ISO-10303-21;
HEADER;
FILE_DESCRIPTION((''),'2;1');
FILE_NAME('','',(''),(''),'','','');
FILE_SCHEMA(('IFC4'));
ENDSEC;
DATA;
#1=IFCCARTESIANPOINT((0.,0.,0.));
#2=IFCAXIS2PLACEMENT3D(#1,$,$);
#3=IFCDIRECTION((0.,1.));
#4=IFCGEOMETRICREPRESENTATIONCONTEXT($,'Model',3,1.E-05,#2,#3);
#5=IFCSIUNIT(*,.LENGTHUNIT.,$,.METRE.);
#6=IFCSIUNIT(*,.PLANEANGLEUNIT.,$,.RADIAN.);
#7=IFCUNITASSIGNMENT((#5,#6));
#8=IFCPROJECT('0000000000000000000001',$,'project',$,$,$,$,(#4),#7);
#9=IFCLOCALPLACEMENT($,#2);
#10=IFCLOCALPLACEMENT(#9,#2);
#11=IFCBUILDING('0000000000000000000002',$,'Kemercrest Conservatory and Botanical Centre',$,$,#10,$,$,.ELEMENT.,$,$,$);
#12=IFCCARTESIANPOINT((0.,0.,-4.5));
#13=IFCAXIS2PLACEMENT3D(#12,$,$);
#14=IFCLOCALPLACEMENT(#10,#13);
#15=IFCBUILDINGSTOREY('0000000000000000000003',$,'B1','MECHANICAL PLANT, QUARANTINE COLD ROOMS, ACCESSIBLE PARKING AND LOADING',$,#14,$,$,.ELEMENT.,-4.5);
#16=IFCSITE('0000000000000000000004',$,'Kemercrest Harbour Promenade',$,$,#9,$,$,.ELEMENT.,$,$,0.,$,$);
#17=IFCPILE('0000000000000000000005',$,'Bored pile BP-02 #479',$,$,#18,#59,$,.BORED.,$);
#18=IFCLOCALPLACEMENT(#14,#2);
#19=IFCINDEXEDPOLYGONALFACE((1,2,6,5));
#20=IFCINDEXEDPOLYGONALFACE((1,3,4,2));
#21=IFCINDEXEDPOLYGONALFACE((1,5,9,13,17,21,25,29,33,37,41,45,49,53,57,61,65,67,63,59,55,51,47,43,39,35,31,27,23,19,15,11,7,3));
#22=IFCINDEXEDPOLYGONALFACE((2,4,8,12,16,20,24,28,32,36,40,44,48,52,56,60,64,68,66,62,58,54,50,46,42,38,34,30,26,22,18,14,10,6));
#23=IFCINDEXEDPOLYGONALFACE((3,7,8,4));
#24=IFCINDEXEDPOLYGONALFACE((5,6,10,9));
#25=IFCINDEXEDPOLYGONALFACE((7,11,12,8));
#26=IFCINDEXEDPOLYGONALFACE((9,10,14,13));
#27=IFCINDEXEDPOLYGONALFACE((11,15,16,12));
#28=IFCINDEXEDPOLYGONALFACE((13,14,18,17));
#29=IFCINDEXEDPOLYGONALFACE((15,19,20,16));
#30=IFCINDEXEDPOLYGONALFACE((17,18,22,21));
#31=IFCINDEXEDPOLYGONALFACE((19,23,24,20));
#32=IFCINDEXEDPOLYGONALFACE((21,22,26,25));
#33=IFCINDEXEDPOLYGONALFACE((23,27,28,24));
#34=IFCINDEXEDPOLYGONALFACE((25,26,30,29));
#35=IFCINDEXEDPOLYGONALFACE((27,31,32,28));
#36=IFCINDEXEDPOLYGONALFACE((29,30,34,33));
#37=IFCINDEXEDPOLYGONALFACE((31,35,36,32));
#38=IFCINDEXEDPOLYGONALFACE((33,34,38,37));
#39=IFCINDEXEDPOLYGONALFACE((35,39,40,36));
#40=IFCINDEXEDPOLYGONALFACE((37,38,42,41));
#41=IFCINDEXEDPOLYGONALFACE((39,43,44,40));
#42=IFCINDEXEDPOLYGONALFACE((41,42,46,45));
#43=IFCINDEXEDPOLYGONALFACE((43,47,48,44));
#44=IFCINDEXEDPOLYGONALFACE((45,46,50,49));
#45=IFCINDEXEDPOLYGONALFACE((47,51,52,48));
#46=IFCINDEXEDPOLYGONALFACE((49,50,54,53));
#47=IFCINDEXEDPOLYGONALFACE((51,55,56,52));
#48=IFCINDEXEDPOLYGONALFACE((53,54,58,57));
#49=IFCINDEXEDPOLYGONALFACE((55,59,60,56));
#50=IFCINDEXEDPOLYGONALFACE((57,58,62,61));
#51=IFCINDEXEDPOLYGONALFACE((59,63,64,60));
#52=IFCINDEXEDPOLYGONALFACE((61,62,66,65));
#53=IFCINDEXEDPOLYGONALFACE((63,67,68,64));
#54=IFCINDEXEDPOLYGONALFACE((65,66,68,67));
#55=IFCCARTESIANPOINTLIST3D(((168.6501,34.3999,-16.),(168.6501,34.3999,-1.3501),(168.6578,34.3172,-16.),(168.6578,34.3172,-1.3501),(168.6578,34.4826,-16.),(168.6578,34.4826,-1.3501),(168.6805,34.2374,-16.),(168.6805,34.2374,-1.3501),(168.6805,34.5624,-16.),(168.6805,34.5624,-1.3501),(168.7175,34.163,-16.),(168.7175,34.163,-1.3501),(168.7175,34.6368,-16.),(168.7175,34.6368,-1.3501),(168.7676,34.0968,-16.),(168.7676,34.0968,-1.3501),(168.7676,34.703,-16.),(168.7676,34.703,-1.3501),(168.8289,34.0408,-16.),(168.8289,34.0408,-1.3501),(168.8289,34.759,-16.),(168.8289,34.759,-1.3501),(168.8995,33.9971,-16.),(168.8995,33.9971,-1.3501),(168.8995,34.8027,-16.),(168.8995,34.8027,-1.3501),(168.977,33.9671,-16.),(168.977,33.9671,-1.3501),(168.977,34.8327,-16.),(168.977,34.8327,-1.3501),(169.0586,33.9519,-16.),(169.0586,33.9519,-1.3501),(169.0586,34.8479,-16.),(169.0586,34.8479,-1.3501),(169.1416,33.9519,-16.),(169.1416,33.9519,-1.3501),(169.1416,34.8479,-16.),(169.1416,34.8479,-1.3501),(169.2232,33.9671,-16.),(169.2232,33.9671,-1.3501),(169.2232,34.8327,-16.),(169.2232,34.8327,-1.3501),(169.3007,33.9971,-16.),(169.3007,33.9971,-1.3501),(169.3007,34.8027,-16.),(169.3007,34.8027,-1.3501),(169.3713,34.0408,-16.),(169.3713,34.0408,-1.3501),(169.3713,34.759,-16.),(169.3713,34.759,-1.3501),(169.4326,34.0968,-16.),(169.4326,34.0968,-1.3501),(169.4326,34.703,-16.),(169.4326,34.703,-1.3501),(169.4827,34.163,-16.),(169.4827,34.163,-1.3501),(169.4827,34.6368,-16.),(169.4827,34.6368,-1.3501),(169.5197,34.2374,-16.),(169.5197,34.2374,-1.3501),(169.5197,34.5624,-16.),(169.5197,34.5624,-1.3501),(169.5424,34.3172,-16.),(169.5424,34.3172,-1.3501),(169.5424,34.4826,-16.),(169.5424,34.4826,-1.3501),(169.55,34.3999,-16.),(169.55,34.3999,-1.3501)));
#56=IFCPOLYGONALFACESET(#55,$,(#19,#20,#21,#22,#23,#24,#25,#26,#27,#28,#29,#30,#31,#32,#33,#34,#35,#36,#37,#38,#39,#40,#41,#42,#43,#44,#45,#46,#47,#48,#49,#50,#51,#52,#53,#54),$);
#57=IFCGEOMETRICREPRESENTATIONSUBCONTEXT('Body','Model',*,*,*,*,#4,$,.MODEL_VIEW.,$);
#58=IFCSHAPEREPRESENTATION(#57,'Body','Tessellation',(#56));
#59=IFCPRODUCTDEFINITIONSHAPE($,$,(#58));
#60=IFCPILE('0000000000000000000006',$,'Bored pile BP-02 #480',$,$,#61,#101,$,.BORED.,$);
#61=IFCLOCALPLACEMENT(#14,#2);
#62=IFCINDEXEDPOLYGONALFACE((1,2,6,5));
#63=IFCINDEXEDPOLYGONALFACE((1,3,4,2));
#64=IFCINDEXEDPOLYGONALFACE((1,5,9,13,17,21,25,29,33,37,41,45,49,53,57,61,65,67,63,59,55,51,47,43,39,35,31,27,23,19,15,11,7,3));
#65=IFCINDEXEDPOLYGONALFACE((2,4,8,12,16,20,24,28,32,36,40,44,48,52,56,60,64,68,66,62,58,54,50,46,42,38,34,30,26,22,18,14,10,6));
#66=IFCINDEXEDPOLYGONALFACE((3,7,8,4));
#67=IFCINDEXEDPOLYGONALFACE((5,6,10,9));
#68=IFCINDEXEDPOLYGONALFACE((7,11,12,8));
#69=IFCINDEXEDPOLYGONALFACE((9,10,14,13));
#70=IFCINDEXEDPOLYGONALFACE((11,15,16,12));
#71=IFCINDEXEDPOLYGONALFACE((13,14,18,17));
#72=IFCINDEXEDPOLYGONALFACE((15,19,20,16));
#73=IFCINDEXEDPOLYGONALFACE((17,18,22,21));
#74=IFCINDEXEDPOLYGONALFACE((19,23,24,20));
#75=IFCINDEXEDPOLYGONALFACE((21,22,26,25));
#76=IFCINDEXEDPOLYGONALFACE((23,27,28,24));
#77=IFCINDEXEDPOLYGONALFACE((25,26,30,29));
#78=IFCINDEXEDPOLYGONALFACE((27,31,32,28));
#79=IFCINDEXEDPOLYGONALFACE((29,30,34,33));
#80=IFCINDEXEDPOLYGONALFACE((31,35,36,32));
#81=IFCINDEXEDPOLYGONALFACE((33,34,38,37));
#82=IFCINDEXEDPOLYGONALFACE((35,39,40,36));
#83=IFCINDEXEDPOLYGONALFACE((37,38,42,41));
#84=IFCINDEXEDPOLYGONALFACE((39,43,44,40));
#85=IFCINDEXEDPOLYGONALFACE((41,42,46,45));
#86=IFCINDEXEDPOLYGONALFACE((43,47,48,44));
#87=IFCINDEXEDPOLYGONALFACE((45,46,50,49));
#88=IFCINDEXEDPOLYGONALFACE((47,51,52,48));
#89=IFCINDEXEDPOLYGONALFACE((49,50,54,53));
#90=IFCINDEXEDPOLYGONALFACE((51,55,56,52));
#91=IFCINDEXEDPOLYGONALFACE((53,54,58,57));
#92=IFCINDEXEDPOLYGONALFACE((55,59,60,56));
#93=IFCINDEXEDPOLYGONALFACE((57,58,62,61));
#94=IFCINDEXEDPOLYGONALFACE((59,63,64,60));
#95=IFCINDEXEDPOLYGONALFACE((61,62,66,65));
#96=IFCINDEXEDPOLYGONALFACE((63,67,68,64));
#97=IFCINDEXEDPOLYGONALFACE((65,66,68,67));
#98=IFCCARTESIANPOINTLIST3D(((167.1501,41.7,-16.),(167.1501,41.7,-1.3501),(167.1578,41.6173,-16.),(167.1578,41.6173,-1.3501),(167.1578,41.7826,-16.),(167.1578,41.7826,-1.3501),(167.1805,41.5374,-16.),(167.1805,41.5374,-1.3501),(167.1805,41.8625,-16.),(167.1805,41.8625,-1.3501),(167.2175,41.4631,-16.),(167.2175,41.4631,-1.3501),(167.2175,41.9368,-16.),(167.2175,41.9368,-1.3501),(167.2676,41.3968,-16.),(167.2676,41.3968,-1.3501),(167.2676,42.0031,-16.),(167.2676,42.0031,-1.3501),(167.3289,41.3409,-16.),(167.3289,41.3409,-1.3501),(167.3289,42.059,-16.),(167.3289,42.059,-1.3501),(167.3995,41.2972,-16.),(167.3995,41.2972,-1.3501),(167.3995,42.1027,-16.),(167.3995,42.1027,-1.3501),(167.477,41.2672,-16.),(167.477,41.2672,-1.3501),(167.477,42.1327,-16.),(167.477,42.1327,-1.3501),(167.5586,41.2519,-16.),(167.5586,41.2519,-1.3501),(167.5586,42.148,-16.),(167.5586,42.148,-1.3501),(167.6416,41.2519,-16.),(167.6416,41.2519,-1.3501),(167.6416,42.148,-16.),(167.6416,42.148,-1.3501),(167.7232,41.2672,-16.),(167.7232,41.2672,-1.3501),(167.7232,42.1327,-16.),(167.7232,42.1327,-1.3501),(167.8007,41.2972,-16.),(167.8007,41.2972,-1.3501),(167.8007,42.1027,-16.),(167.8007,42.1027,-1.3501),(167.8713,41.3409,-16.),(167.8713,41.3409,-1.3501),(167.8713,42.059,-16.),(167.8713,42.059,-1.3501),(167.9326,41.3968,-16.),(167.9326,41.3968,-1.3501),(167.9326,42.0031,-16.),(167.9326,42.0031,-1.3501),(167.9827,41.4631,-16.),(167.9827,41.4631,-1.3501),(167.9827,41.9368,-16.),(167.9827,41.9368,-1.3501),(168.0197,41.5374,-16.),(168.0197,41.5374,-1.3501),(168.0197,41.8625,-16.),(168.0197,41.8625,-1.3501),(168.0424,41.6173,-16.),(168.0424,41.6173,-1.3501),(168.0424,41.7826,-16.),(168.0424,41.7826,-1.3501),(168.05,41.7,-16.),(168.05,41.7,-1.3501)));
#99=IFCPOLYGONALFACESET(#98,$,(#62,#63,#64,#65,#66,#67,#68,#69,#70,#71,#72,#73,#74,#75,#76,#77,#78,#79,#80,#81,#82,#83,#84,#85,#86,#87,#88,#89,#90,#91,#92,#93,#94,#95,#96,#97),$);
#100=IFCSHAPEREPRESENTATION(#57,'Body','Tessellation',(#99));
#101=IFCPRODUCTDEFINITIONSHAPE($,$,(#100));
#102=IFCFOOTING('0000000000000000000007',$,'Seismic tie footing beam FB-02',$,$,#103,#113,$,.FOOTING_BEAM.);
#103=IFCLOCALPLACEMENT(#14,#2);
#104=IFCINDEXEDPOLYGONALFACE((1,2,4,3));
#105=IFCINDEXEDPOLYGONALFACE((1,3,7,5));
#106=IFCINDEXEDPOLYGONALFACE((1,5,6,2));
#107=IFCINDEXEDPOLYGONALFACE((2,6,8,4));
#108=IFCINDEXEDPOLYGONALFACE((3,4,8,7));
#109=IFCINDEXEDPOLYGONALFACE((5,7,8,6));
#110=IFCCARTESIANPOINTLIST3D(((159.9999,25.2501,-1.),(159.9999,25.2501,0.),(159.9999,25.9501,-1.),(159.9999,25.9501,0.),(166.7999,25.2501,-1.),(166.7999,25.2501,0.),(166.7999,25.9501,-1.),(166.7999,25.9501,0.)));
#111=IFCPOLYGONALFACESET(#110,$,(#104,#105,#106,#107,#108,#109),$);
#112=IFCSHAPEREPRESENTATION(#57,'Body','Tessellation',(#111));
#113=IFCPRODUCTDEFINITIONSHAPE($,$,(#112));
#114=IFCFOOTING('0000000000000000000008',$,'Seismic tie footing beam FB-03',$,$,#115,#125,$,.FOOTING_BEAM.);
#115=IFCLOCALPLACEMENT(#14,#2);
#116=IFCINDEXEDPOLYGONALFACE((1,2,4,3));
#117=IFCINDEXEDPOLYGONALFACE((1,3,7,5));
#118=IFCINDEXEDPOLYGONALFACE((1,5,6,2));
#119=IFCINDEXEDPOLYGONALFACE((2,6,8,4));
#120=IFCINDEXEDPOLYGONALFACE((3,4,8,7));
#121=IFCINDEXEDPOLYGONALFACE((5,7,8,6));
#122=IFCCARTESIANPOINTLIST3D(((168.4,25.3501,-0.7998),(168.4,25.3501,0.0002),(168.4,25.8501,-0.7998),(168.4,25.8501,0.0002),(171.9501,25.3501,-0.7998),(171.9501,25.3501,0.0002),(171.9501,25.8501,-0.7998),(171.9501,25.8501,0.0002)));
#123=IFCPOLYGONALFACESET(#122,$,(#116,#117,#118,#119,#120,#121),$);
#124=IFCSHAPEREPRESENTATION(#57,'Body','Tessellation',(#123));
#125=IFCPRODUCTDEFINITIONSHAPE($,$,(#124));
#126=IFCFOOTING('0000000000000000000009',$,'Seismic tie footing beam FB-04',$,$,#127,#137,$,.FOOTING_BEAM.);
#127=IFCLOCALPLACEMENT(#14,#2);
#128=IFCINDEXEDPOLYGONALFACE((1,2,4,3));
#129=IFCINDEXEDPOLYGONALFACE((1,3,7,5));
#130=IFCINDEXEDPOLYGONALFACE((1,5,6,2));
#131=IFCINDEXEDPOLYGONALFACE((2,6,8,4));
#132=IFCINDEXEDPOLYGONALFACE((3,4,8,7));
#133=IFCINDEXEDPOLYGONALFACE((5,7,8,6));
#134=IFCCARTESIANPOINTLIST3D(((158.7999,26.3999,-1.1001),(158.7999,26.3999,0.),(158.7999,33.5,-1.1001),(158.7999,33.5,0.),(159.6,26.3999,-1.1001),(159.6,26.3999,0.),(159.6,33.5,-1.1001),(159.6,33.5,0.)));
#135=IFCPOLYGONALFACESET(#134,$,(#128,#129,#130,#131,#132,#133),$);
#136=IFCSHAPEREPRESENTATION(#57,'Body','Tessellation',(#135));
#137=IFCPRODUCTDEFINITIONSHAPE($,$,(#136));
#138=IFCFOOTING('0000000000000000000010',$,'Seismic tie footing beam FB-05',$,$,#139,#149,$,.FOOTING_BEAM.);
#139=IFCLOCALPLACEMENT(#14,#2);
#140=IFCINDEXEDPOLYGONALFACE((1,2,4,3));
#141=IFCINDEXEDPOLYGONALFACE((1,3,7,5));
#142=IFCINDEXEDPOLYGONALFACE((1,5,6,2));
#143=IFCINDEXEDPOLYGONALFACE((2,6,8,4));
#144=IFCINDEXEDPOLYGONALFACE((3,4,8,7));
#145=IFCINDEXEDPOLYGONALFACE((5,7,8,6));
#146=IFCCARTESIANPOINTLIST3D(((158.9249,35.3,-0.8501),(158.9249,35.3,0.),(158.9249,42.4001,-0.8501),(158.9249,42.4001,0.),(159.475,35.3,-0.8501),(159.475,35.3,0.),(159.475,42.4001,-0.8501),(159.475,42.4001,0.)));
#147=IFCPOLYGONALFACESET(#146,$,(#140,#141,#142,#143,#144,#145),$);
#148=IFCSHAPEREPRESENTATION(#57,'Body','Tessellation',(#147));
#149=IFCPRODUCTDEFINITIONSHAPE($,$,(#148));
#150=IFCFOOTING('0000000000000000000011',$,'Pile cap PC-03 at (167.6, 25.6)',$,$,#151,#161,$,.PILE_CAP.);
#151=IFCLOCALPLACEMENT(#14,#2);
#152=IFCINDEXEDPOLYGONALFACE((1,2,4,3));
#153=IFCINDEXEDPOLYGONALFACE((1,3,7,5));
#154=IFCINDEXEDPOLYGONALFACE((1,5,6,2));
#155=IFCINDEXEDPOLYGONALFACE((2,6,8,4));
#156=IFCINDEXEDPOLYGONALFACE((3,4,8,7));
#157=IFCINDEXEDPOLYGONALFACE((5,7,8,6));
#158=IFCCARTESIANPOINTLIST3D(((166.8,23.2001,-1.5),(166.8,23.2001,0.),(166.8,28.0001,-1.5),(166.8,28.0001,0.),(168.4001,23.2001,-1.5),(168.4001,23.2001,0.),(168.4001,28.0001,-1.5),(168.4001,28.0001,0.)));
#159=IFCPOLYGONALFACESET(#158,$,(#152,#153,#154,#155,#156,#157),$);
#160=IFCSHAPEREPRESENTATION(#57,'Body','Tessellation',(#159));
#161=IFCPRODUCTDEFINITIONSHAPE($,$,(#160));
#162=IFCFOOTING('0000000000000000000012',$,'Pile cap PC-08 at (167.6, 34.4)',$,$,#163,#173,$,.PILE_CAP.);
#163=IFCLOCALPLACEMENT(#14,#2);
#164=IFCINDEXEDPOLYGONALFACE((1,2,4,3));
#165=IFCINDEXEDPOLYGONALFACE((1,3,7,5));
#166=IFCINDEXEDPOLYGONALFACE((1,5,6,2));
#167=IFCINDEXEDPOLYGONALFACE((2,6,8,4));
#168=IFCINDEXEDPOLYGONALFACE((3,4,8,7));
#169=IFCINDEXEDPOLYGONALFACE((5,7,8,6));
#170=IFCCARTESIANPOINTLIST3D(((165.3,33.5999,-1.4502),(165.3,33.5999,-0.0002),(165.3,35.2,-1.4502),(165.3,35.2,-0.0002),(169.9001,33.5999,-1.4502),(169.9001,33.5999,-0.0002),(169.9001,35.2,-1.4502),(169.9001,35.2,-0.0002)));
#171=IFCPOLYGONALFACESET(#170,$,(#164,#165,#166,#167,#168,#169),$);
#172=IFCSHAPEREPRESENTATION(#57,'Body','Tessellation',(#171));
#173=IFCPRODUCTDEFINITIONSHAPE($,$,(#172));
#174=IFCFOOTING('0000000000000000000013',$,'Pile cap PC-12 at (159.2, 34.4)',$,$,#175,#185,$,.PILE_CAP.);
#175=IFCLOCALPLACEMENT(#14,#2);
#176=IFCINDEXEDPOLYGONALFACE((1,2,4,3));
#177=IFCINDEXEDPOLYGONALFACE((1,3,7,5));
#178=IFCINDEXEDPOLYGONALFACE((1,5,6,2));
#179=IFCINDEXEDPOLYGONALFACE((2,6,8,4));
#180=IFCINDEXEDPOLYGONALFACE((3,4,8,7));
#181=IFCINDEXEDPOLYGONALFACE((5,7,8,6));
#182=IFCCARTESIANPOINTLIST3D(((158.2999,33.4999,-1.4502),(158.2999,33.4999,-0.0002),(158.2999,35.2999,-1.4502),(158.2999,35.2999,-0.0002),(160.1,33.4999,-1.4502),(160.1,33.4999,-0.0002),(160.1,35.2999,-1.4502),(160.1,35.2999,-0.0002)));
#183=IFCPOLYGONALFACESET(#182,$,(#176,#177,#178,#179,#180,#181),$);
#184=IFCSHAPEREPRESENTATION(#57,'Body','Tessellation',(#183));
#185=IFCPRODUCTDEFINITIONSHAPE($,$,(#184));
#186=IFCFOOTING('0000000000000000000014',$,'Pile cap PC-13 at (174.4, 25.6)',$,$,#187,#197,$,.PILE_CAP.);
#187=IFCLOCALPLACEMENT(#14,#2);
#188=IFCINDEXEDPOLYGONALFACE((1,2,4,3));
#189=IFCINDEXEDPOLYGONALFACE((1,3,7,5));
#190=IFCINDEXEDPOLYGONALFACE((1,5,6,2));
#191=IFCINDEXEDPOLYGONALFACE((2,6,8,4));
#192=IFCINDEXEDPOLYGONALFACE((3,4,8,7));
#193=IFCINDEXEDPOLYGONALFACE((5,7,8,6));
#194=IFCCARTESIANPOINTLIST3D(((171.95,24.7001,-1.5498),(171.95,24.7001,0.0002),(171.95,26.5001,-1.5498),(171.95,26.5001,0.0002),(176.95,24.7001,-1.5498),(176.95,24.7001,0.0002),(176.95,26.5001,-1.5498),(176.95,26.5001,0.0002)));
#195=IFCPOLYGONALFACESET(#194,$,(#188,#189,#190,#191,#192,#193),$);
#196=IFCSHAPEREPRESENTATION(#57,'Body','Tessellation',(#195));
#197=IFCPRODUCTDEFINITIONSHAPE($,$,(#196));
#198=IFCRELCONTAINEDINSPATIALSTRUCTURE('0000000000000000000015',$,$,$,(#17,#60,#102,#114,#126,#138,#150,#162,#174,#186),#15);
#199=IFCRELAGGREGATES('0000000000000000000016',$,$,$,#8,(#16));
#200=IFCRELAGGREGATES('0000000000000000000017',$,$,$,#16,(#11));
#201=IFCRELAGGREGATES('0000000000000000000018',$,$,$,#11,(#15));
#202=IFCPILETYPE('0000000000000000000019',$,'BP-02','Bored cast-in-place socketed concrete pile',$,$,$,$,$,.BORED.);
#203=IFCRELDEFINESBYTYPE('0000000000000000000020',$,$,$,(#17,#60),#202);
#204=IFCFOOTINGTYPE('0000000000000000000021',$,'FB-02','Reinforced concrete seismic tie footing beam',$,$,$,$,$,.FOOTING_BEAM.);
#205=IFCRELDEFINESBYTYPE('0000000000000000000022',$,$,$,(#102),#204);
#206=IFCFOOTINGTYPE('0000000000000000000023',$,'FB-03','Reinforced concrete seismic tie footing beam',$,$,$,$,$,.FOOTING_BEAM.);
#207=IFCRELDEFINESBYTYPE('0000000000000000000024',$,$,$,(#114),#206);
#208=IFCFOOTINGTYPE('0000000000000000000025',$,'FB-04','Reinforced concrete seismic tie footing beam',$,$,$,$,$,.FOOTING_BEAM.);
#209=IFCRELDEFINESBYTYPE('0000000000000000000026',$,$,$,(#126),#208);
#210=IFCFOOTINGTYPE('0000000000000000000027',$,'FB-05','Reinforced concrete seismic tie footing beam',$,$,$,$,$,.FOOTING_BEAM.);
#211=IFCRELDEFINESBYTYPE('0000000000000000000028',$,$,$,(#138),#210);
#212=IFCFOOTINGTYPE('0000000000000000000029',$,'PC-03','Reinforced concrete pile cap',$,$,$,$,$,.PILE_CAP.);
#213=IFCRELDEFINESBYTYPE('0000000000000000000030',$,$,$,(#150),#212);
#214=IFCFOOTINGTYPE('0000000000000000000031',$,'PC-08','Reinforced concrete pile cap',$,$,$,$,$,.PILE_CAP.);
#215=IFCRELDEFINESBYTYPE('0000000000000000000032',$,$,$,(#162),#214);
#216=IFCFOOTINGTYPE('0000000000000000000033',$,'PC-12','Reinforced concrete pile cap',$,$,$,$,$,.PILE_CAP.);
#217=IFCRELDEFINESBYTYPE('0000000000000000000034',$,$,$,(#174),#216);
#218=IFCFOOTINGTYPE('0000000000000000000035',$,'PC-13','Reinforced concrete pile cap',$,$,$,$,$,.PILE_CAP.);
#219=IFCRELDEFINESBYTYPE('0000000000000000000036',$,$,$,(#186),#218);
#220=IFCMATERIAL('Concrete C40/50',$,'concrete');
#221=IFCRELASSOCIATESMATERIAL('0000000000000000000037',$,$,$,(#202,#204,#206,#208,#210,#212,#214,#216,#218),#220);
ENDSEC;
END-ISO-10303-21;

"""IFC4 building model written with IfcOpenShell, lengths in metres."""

from ifc_helpers import new_model, si_unit, direction, frame, origin, origin_2d, place, context, subcontext, project, spatial, rectangle, circle, extrude, material, material_profile, profile_set, type_object, element, save


model = new_model("IFC4")

# Units and contexts
model_context = context("Model", 3, precision=1e-05, world=origin(), true_north=direction((0.0, 1.0)))
body_context = subcontext(model_context, "Body", "Model", "MODEL_VIEW")
ifc_project = project(units=[si_unit("LENGTHUNIT", "METRE"), si_unit("PLANEANGLEUNIT", "RADIAN")], contexts=[model_context])

# Site, building, storey
site_placement = place(None, origin())
site = spatial("IfcSite", under=ifc_project, at=site_placement, Name="Kemercrest Harbour Promenade", CompositionType="ELEMENT", RefElevation=0.0)
building_placement = place(site_placement, origin())
building = spatial("IfcBuilding", under=site, at=building_placement, Name="Kemercrest Conservatory and Botanical Centre", CompositionType="ELEMENT")
storey_placement = place(building_placement, frame((0.0, 0.0, -4.5)))
storey = spatial("IfcBuildingStorey", under=building, at=storey_placement, Name="B1", Description="MECHANICAL PLANT, QUARANTINE COLD ROOMS, ACCESSIBLE PARKING AND LOADING", CompositionType="ELEMENT", Elevation=-4.5)

# Piles
ifc_material_1 = material(Name="Concrete C40/50", Category="concrete")
ifc_material_profile_1 = material_profile(ifc_material_1, circle(Radius=0.45, at=origin_2d()), Name="BORED PILE 900")
ifc_profile_set_1 = profile_set([ifc_material_profile_1], Name="Concrete C40/50")
pile_type_1 = type_object("IfcPileType", Name="BP-02", Description="Bored cast-in-place socketed concrete pile", PredefinedType="BORED", material=ifc_profile_set_1)
for number, where, z_axis, x_axis, name in (
    (1, (169.1001, 34.3999, -1.3501), (0.0, 0.0, -1.0), (1.0, 0.0, 0.0), "Bored pile BP-02 #479"),
    (2, (167.6001, 41.7, -1.3501), (0.0, 0.0, -1.0), (1.0, 0.0, 0.0), "Bored pile BP-02 #480"),
):
    element("IfcPile", number, at=place(storey_placement, frame(where, z_axis=z_axis, x_axis=x_axis)), inside=storey, type_object=pile_type_1, Name=name, PredefinedType="BORED", context=body_context, shape_type="SweptSolid", body=[
        extrude(circle(Radius=0.45, at=origin_2d()), origin(), (0.0, 0.0, 1.0), 14.6499),
    ])

# Footings
footing_type_1 = type_object("IfcFootingType", Name="FB-02", Description="Reinforced concrete seismic tie footing beam", PredefinedType="FOOTING_BEAM", material=ifc_material_1)
footing_1_placement = place(storey_placement, frame((163.3999, 25.6001, -1.0), z_axis=(0.0, 0.0, 1.0), x_axis=(1.0, 0.0, 0.0)))
element("IfcFooting", 3, at=footing_1_placement, inside=storey, type_object=footing_type_1, Name="Seismic tie footing beam FB-02", PredefinedType="FOOTING_BEAM", context=body_context, shape_type="SweptSolid", body=[
    extrude(rectangle(XDim=6.8, YDim=0.7, at=origin_2d()), origin(), (0.0, 0.0, 1.0), 1.0),
])
footing_type_2 = type_object("IfcFootingType", Name="FB-03", Description="Reinforced concrete seismic tie footing beam", PredefinedType="FOOTING_BEAM", material=ifc_material_1)
footing_2_placement = place(storey_placement, frame((170.175, 25.6001, -0.7998), z_axis=(0.0, 0.0, 1.0), x_axis=(1.0, 0.0, 0.0)))
element("IfcFooting", 4, at=footing_2_placement, inside=storey, type_object=footing_type_2, Name="Seismic tie footing beam FB-03", PredefinedType="FOOTING_BEAM", context=body_context, shape_type="SweptSolid", body=[
    extrude(rectangle(XDim=3.55, YDim=0.5, at=origin_2d()), origin(), (0.0, 0.0, 1.0), 0.8),
])
footing_type_3 = type_object("IfcFootingType", Name="FB-04", Description="Reinforced concrete seismic tie footing beam", PredefinedType="FOOTING_BEAM", material=ifc_material_1)
footing_3_placement = place(storey_placement, frame((159.2, 29.95, -1.1001), z_axis=(0.0, 0.0, 1.0), x_axis=(1.0, 0.0, 0.0)))
element("IfcFooting", 5, at=footing_3_placement, inside=storey, type_object=footing_type_3, Name="Seismic tie footing beam FB-04", PredefinedType="FOOTING_BEAM", context=body_context, shape_type="SweptSolid", body=[
    extrude(rectangle(XDim=0.8, YDim=7.1001, at=origin_2d()), origin(), (0.0, 0.0, 1.0), 1.1001),
])
footing_type_4 = type_object("IfcFootingType", Name="FB-05", Description="Reinforced concrete seismic tie footing beam", PredefinedType="FOOTING_BEAM", material=ifc_material_1)
footing_4_placement = place(storey_placement, frame((159.2, 38.8501, -0.8501), z_axis=(0.0, 0.0, 1.0), x_axis=(1.0, 0.0, 0.0)))
element("IfcFooting", 6, at=footing_4_placement, inside=storey, type_object=footing_type_4, Name="Seismic tie footing beam FB-05", PredefinedType="FOOTING_BEAM", context=body_context, shape_type="SweptSolid", body=[
    extrude(rectangle(XDim=0.55, YDim=7.1001, at=origin_2d()), origin(), (0.0, 0.0, 1.0), 0.8501),
])
footing_type_5 = type_object("IfcFootingType", Name="PC-03", Description="Reinforced concrete pile cap", PredefinedType="PILE_CAP", material=ifc_material_1)
footing_5_placement = place(storey_placement, frame((167.6001, 25.6001, -1.5), z_axis=(0.0, 0.0, 1.0), x_axis=(1.0, 0.0, 0.0)))
element("IfcFooting", 7, at=footing_5_placement, inside=storey, type_object=footing_type_5, Name="Pile cap PC-03 at (167.6, 25.6)", PredefinedType="PILE_CAP", context=body_context, shape_type="SweptSolid", body=[
    extrude(rectangle(XDim=1.6001, YDim=4.8, at=origin_2d()), origin(), (0.0, 0.0, 1.0), 1.5),
])
footing_type_6 = type_object("IfcFootingType", Name="PC-08", Description="Reinforced concrete pile cap", PredefinedType="PILE_CAP", material=ifc_material_1)
footing_6_placement = place(storey_placement, frame((167.6001, 34.3999, -1.4502), z_axis=(0.0, 0.0, 1.0), x_axis=(1.0, 0.0, 0.0)))
element("IfcFooting", 8, at=footing_6_placement, inside=storey, type_object=footing_type_6, Name="Pile cap PC-08 at (167.6, 34.4)", PredefinedType="PILE_CAP", context=body_context, shape_type="SweptSolid", body=[
    extrude(rectangle(XDim=4.6001, YDim=1.6001, at=origin_2d()), origin(), (0.0, 0.0, 1.0), 1.45),
])
footing_type_7 = type_object("IfcFootingType", Name="PC-12", Description="Reinforced concrete pile cap", PredefinedType="PILE_CAP", material=ifc_material_1)
footing_7_placement = place(storey_placement, frame((159.2, 34.3999, -1.4502), z_axis=(0.0, 0.0, 1.0), x_axis=(1.0, 0.0, 0.0)))
element("IfcFooting", 9, at=footing_7_placement, inside=storey, type_object=footing_type_7, Name="Pile cap PC-12 at (159.2, 34.4)", PredefinedType="PILE_CAP", context=body_context, shape_type="SweptSolid", body=[
    extrude(rectangle(XDim=1.8, YDim=1.8, at=origin_2d()), origin(), (0.0, 0.0, 1.0), 1.45),
])
footing_type_8 = type_object("IfcFootingType", Name="PC-13", Description="Reinforced concrete pile cap", PredefinedType="PILE_CAP", material=ifc_material_1)
footing_8_placement = place(storey_placement, frame((174.45, 25.6001, -1.5498), z_axis=(0.0, 0.0, 1.0), x_axis=(1.0, 0.0, 0.0)))
element("IfcFooting", 10, at=footing_8_placement, inside=storey, type_object=footing_type_8, Name="Pile cap PC-13 at (174.4, 25.6)", PredefinedType="PILE_CAP", context=body_context, shape_type="SweptSolid", body=[
    extrude(rectangle(XDim=5.0, YDim=1.8, at=origin_2d()), origin(), (0.0, 0.0, 1.0), 1.55),
])

save(model, "model.ifc")
